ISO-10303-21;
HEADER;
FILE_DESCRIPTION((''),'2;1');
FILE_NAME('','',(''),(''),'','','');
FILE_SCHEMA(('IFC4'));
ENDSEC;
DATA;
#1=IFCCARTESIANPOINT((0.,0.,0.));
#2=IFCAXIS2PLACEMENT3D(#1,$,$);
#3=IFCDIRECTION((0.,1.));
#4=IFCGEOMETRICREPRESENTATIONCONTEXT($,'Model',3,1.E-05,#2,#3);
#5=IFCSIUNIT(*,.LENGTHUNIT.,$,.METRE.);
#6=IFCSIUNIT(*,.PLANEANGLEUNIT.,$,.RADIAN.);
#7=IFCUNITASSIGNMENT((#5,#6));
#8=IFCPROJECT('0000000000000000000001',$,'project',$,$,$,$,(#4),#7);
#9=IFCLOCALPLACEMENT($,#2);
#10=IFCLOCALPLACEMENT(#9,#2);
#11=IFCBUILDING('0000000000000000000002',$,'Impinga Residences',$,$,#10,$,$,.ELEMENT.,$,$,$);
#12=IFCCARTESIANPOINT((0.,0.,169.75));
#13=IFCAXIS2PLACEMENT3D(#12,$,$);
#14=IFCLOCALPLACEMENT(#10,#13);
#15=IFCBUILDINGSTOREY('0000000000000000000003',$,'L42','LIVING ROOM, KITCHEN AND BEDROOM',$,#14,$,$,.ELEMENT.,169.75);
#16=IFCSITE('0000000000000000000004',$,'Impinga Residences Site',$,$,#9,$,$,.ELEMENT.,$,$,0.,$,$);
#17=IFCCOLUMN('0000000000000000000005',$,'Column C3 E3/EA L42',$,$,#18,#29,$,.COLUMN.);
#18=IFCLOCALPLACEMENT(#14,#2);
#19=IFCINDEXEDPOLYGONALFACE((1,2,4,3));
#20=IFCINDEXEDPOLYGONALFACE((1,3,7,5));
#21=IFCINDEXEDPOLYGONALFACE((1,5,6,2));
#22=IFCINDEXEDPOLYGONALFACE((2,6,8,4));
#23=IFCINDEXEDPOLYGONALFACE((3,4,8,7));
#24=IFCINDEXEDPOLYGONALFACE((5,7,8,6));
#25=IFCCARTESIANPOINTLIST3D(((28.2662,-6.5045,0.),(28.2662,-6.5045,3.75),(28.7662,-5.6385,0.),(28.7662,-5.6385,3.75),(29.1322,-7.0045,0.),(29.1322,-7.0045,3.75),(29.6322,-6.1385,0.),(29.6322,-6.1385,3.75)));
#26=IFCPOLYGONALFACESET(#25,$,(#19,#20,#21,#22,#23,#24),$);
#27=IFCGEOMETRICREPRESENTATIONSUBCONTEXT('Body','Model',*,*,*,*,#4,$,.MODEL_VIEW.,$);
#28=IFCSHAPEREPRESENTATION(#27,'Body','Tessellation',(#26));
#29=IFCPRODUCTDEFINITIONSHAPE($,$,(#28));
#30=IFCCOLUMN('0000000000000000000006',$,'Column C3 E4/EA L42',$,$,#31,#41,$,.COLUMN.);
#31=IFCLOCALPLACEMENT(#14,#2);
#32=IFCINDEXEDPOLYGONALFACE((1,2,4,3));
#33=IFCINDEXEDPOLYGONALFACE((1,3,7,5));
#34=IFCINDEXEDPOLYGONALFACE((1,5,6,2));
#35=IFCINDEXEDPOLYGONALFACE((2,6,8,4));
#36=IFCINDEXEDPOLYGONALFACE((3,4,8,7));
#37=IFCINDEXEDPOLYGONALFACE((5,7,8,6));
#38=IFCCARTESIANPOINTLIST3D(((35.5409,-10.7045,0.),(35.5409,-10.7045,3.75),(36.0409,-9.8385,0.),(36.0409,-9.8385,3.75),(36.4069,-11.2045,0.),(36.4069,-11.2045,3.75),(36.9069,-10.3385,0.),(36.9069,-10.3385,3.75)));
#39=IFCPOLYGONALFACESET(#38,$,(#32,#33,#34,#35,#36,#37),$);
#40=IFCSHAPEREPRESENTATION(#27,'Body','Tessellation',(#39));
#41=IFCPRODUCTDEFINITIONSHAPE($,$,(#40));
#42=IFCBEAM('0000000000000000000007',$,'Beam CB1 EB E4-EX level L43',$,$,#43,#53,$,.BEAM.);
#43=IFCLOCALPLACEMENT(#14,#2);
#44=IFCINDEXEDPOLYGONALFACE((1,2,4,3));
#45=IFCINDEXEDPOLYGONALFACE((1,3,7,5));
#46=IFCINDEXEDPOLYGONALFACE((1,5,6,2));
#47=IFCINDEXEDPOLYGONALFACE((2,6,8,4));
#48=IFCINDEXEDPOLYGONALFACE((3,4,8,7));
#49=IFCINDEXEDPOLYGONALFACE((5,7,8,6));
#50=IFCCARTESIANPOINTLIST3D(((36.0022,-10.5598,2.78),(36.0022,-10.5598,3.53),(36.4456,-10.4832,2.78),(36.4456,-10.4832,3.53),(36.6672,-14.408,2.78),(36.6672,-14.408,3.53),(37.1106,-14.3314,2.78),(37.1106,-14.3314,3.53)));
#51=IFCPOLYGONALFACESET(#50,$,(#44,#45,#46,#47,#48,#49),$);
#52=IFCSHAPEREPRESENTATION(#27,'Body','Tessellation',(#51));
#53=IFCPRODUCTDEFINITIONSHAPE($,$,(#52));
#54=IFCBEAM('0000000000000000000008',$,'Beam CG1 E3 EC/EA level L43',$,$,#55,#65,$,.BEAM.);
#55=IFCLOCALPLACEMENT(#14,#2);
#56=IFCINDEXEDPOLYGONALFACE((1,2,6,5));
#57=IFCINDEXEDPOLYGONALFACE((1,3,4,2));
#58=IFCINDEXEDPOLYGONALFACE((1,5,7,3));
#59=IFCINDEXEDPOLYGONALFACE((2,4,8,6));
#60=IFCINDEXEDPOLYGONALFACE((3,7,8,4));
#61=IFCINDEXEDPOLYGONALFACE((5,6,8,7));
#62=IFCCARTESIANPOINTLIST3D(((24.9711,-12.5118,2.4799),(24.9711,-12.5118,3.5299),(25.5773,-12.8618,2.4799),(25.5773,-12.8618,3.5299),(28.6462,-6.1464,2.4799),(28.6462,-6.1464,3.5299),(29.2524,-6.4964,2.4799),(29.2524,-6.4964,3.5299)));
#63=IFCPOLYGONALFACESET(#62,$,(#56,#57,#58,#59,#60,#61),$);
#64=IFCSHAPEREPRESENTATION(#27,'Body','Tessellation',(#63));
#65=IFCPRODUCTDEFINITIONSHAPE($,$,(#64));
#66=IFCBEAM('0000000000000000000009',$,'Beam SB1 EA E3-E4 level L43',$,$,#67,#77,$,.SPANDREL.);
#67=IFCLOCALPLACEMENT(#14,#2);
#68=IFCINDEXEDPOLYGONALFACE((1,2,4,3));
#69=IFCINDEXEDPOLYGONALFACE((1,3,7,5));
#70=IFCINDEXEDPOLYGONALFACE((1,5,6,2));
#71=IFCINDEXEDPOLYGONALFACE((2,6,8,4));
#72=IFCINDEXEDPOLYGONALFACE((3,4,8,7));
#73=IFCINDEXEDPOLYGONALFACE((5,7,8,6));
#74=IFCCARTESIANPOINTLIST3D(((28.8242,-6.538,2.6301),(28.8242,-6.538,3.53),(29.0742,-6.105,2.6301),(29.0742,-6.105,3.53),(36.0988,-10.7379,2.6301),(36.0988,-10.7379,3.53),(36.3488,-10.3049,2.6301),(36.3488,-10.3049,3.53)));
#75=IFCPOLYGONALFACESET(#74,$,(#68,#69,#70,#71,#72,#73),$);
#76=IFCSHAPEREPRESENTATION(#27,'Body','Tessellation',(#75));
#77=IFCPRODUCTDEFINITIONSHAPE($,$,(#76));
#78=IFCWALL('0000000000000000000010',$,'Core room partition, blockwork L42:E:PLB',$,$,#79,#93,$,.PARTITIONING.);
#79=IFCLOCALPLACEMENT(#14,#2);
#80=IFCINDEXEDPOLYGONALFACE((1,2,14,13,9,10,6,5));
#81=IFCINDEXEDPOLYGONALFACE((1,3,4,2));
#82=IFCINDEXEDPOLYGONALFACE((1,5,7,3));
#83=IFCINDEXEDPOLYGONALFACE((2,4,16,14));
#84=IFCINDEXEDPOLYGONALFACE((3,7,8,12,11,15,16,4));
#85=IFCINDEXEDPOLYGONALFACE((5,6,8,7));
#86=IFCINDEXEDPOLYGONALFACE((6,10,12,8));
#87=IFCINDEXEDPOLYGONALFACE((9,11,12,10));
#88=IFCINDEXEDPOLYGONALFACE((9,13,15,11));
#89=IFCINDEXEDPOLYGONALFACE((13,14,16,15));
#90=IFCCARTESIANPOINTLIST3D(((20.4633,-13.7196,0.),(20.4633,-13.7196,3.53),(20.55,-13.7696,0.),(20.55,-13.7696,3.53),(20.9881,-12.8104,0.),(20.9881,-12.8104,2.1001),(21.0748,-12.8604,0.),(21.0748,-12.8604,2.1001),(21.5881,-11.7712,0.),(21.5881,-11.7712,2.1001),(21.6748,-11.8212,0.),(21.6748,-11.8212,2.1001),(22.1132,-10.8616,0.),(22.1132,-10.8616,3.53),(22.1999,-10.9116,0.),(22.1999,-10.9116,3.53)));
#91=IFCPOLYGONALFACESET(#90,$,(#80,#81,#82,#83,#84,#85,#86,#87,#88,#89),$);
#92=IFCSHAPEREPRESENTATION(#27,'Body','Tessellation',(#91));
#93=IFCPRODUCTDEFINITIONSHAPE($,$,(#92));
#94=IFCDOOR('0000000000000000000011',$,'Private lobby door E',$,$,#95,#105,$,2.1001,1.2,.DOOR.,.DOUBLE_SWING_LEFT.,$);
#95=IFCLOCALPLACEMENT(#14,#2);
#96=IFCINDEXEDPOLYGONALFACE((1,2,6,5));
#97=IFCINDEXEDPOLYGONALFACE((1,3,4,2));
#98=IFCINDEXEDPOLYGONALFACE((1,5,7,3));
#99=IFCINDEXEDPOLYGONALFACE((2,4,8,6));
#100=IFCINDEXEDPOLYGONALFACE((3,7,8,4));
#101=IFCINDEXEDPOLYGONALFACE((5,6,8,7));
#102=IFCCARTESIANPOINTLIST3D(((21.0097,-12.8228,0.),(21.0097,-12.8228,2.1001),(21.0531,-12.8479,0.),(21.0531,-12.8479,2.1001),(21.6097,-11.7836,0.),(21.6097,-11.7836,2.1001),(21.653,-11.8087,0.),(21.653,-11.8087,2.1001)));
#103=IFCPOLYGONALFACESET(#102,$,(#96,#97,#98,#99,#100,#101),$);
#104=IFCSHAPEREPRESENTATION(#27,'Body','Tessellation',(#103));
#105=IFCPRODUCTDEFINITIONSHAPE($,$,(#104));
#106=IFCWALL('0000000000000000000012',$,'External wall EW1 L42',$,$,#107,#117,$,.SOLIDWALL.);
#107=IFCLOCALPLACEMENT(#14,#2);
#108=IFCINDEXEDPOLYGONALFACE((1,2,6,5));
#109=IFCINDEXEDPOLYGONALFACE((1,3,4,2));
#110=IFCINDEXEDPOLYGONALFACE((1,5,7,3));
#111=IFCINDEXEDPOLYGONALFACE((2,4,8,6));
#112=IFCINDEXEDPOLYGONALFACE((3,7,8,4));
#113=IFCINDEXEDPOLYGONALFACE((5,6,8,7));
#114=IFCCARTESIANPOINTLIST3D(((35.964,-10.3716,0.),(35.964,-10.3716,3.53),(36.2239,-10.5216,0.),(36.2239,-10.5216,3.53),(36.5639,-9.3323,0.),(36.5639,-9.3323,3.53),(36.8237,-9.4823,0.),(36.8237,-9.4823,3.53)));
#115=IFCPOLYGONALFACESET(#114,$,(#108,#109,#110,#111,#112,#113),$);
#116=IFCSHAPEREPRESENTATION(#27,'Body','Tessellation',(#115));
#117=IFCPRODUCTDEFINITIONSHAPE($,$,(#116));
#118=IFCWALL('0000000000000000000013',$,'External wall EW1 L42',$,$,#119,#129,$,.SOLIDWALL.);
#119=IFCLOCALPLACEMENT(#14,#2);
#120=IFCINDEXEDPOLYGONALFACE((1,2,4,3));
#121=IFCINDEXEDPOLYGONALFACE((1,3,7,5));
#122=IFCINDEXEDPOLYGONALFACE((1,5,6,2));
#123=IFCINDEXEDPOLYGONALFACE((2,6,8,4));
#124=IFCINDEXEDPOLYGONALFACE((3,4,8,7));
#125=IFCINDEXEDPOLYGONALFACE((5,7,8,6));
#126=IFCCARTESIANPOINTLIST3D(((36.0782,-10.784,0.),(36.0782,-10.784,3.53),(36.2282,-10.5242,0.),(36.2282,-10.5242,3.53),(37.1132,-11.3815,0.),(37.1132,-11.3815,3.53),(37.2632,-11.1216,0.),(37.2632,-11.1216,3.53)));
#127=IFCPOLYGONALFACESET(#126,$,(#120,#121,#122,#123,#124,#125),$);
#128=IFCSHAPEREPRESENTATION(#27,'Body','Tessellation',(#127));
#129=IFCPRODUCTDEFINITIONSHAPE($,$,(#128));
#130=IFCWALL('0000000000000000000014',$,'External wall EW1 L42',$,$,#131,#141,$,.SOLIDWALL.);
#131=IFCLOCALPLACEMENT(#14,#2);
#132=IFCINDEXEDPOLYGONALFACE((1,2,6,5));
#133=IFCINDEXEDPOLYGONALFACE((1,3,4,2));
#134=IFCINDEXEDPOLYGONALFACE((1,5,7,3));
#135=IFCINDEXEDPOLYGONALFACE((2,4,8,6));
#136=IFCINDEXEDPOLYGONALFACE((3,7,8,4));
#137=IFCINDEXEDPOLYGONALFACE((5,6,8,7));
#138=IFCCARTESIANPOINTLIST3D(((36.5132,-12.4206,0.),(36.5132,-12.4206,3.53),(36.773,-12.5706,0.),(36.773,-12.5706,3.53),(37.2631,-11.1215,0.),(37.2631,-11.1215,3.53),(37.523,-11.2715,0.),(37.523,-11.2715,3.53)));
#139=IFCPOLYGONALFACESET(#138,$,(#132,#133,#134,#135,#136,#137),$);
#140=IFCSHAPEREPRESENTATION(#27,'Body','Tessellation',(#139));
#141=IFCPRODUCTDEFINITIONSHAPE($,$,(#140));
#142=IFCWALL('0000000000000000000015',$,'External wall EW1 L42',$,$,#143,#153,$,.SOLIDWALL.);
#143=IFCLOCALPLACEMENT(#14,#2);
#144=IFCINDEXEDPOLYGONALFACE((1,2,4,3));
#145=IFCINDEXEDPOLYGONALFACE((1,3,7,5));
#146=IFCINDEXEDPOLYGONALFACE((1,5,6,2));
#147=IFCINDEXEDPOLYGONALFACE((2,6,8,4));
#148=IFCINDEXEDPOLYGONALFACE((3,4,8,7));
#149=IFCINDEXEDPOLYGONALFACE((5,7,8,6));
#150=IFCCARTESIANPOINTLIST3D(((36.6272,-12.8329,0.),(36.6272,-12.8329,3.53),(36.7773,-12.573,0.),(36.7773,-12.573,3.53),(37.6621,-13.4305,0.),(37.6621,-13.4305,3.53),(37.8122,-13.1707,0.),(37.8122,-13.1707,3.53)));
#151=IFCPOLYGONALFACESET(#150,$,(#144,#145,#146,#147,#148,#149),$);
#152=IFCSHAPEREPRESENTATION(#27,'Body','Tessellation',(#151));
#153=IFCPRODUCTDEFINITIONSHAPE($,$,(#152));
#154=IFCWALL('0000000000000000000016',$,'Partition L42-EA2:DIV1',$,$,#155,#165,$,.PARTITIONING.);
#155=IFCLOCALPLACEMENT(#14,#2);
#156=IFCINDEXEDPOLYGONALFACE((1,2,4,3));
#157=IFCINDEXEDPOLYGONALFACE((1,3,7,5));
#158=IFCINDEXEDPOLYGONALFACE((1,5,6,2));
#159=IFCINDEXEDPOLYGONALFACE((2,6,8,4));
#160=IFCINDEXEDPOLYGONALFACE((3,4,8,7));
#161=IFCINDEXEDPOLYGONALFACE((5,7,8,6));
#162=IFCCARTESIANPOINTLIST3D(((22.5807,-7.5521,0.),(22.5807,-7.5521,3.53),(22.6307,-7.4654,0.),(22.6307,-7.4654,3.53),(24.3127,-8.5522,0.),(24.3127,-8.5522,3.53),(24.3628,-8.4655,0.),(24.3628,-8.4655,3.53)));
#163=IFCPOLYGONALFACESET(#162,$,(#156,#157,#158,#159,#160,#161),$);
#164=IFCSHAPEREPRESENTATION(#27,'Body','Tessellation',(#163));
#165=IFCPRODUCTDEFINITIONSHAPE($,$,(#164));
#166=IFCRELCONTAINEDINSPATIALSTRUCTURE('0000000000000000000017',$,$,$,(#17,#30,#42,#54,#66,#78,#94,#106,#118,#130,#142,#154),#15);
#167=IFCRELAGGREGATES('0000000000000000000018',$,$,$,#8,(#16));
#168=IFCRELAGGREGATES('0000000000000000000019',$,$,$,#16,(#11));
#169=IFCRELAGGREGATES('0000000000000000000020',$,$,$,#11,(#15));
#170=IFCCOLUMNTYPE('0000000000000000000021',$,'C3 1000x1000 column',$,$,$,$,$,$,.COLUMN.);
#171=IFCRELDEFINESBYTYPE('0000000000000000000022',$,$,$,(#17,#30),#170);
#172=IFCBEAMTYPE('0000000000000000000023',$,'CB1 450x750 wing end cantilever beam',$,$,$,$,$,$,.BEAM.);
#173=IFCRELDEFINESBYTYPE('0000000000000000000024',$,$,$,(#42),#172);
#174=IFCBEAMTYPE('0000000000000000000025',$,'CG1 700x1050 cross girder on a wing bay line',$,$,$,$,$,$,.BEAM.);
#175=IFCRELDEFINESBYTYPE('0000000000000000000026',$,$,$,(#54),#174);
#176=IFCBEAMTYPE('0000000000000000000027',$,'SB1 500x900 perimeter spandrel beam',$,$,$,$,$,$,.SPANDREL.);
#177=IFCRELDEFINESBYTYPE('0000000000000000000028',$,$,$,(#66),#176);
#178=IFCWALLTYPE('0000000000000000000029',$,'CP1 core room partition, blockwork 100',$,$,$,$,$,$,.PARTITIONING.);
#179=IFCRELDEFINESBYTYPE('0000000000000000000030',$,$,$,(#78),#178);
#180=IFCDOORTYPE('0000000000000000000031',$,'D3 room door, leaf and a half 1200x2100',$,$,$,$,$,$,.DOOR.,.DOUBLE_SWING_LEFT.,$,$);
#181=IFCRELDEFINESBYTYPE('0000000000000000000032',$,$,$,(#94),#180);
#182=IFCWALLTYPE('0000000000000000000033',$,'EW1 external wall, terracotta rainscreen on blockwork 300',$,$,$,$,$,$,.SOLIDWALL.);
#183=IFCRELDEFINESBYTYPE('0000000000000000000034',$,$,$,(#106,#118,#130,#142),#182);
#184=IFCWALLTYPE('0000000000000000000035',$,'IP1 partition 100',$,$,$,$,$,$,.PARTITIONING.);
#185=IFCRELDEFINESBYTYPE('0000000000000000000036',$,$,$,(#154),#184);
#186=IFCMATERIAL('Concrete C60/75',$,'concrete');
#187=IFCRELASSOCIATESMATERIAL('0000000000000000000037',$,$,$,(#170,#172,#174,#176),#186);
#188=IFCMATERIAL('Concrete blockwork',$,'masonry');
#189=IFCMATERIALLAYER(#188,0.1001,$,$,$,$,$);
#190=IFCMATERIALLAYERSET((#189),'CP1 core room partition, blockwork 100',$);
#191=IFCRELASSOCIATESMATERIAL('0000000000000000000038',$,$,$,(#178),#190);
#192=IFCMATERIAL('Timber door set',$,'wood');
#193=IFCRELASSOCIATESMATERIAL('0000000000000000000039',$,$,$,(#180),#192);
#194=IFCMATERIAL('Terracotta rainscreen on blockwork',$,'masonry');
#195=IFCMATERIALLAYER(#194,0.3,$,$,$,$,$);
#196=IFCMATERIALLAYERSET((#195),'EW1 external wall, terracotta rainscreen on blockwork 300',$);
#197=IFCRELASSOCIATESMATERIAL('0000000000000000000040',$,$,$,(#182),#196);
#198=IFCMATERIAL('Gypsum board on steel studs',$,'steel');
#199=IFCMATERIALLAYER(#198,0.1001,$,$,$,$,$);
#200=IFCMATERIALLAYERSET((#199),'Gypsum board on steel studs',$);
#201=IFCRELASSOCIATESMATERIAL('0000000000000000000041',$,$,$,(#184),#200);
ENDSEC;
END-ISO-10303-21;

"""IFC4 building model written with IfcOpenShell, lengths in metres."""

from ifc_helpers import new_model, si_unit, direction, frame, frame_2d, origin, origin_2d, place, context, subcontext, project, spatial, rectangle, extrude, material, layer, layer_set, material_profile, profile_set, type_object, element, fill, save


model = new_model("IFC4")

# Units and contexts
model_context = context("Model", 3, precision=1e-05, world=origin(), true_north=direction((0.0, 1.0)))
body_context = subcontext(model_context, "Body", "Model", "MODEL_VIEW")
ifc_project = project(units=[si_unit("LENGTHUNIT", "METRE"), si_unit("PLANEANGLEUNIT", "RADIAN")], contexts=[model_context])

# Site, building, storey
site_placement = place(None, origin())
site = spatial("IfcSite", under=ifc_project, at=site_placement, Name="Impinga Residences Site", CompositionType="ELEMENT", RefElevation=0.0)
building_placement = place(site_placement, origin())
building = spatial("IfcBuilding", under=site, at=building_placement, Name="Impinga Residences", CompositionType="ELEMENT")
storey_placement = place(building_placement, frame((0.0, 0.0, 169.75)))
storey = spatial("IfcBuildingStorey", under=building, at=storey_placement, Name="L42", Description="LIVING ROOM, KITCHEN AND BEDROOM", CompositionType="ELEMENT", Elevation=169.75)

# Columns
ifc_material_1 = material(Name="Concrete C60/75", Category="concrete")
ifc_material_profile_1 = material_profile(ifc_material_1, rectangle(XDim=1.0, YDim=1.0, at=origin_2d()), Name="RC 1000x1000")
ifc_profile_set_1 = profile_set([ifc_material_profile_1], Name="Concrete C60/75")
column_type = type_object("IfcColumnType", Name="C3 1000x1000 column", PredefinedType="COLUMN", material=ifc_profile_set_1)
for number, where, z_axis, x_axis, name in (
    (1, (28.9492, -6.3215, 0.0), (0.0, 0.0, 1.0), (-0.5, -0.866025, 0.0), "Column C3 E3/EA L42"),
    (2, (36.2239, -10.5215, 0.0), (0.0, 0.0, 1.0), (-0.5, -0.866025, 0.0), "Column C3 E4/EA L42"),
):
    element("IfcColumn", number, at=place(storey_placement, frame(where, z_axis=z_axis, x_axis=x_axis)), inside=storey, type_object=column_type, Name=name, PredefinedType="COLUMN", context=body_context, shape_type="SweptSolid", body=[
        extrude(rectangle(XDim=1.0, YDim=1.0, at=origin_2d()), origin(), (0.0, 0.0, 1.0), 3.75),
    ])

# Beams
ifc_material_profile_2 = material_profile(ifc_material_1, rectangle(XDim=0.45, YDim=0.75, at=origin_2d()), Name="RC 450x750")
ifc_profile_set_2 = profile_set([ifc_material_profile_2], Name="Concrete C60/75")
beam_type_1 = type_object("IfcBeamType", Name="CB1 450x750 wing end cantilever beam", PredefinedType="BEAM", material=ifc_profile_set_2)
beam_1_placement = place(storey_placement, frame((36.2239, -10.5215, 3.155), z_axis=(0.170296, -0.985393, 0.0), x_axis=(0.985393, 0.170296, 0.0)))
element("IfcBeam", 3, at=beam_1_placement, inside=storey, type_object=beam_type_1, Name="Beam CB1 EB E4-EX level L43", PredefinedType="BEAM", context=body_context, shape_type="SweptSolid", body=[
    extrude(rectangle(XDim=0.45, YDim=0.75, at=origin_2d()), origin(), (0.0, 0.0, 1.0), 3.9053),
])
ifc_material_profile_3 = material_profile(ifc_material_1, rectangle(XDim=0.7, YDim=1.05, at=origin_2d()), Name="RC 700x1050")
ifc_profile_set_3 = profile_set([ifc_material_profile_3], Name="Concrete C60/75")
beam_type_2 = type_object("IfcBeamType", Name="CG1 700x1050 cross girder on a wing bay line", PredefinedType="BEAM", material=ifc_profile_set_3)
beam_2_placement = place(storey_placement, frame((25.2742, -12.6868, 3.0049), z_axis=(0.500008, 0.866021, 0.0), x_axis=(-0.866021, 0.500008, 0.0)))
element("IfcBeam", 4, at=beam_2_placement, inside=storey, type_object=beam_type_2, Name="Beam CG1 E3 EC/EA level L43", PredefinedType="BEAM", context=body_context, shape_type="SweptSolid", body=[
    extrude(rectangle(XDim=0.7, YDim=1.05, at=origin_2d()), origin(), (0.0, 0.0, 1.0), 7.3501),
])
ifc_material_profile_4 = material_profile(ifc_material_1, rectangle(XDim=0.5, YDim=0.8999, at=origin_2d()), Name="RC 500x900")
ifc_profile_set_4 = profile_set([ifc_material_profile_4], Name="Concrete C60/75")
beam_type_3 = type_object("IfcBeamType", Name="SB1 500x900 perimeter spandrel beam", PredefinedType="SPANDREL", material=ifc_profile_set_4)
beam_3_placement = place(storey_placement, frame((28.9492, -6.3215, 3.0801), z_axis=(0.866029, -0.499993, 0.0), x_axis=(0.499993, 0.866029, 0.0)))
element("IfcBeam", 5, at=beam_3_placement, inside=storey, type_object=beam_type_3, Name="Beam SB1 EA E3-E4 level L43", PredefinedType="SPANDREL", context=body_context, shape_type="SweptSolid", body=[
    extrude(rectangle(XDim=0.5, YDim=0.8999, at=origin_2d()), origin(), (0.0, 0.0, 1.0), 8.3999),
])

# Wall, opening, door
ifc_material_2 = material(Name="Concrete blockwork", Category="masonry")
ifc_layer_1 = layer(ifc_material_2, 0.1001)
ifc_layer_set_1 = layer_set([ifc_layer_1], Name="CP1 core room partition, blockwork 100")
wall_type_1 = type_object("IfcWallType", Name="CP1 core room partition, blockwork 100", PredefinedType="PARTITIONING", material=ifc_layer_set_1)
wall_1_placement = place(storey_placement, frame((22.1565, -10.8867, 0.0), z_axis=(0.0, 0.0, 1.0), x_axis=(-0.499974, -0.86604, 0.0)))
wall_1 = element("IfcWall", 6, at=wall_1_placement, inside=storey, type_object=wall_type_1, Name="Core room partition, blockwork L42:E:PLB", PredefinedType="PARTITIONING", context=body_context, shape_type="SweptSolid", body=[
    extrude(rectangle(XDim=3.3, YDim=0.1001, at=frame_2d((1.6499, 0.0))), origin(), (0.0, 0.0, 1.0), 3.53),
])
opening_1_placement = place(wall_1_placement, frame((1.05, 0.0, 0.0)))
opening_1 = element("IfcOpeningElement", 7, at=opening_1_placement, cuts=wall_1, PredefinedType="OPENING", context=body_context, shape_type="SweptSolid", body=[
    extrude(rectangle(XDim=1.2, YDim=2.1001, at=frame_2d((0.6001, 1.05))), frame((0.0, 0.0601, 0.0), z_axis=(0.0, -1.0, 0.0), x_axis=(1.0, 0.0, 0.0)), (0.0, 0.0, 1.0), 0.1201),
])
ifc_material_3 = material(Name="Timber door set", Category="wood")
door_type_1 = type_object("IfcDoorType", Name="D3 room door, leaf and a half 1200x2100", OperationType="DOUBLE_SWING_LEFT", PredefinedType="DOOR", material=ifc_material_3)
door_1_placement = place(opening_1_placement, origin())
door_1 = element("IfcDoor", 8, at=door_1_placement, inside=storey, type_object=door_type_1, Name="Private lobby door E", OperationType="DOUBLE_SWING_LEFT", OverallHeight=2.1001, OverallWidth=1.2, PredefinedType="DOOR", context=body_context, shape_type="SweptSolid", body=[
    extrude(rectangle(XDim=1.2, YDim=2.1001, at=frame_2d((0.6001, 1.05))), frame((0.0, 0.0249, 0.0), z_axis=(0.0, -1.0, 0.0), x_axis=(1.0, 0.0, 0.0)), (0.0, 0.0, 1.0), 0.05),
])
fill(opening_1, door_1)

# Walls
ifc_material_4 = material(Name="Terracotta rainscreen on blockwork", Category="masonry")
ifc_layer_2 = layer(ifc_material_4, 0.3)
ifc_layer_set_2 = layer_set([ifc_layer_2], Name="EW1 external wall, terracotta rainscreen on blockwork 300")
wall_type_2 = type_object("IfcWallType", Name="EW1 external wall, terracotta rainscreen on blockwork 300", PredefinedType="SOLIDWALL", material=ifc_layer_set_2)
wall_2_placement = place(storey_placement, frame((36.6938, -9.4072, 0.0), z_axis=(0.0, 0.0, 1.0), x_axis=(-0.499881, -0.866094, 0.0)))
element("IfcWall", 9, at=wall_2_placement, inside=storey, type_object=wall_type_2, Name="External wall EW1 L42", PredefinedType="SOLIDWALL", context=body_context, shape_type="SweptSolid", body=[
    extrude(rectangle(XDim=1.2, YDim=0.3, at=frame_2d((0.6001, 0.0))), origin(), (0.0, 0.0, 1.0), 3.53),
])
wall_3_placement = place(storey_placement, frame((36.1531, -10.6541, 0.0), z_axis=(0.0, 0.0, 1.0), x_axis=(0.86606, -0.499941, 0.0)))
element("IfcWall", 10, at=wall_3_placement, inside=storey, type_object=wall_type_2, Name="External wall EW1 L42", PredefinedType="SOLIDWALL", context=body_context, shape_type="SweptSolid", body=[
    extrude(rectangle(XDim=1.1951, YDim=0.3, at=frame_2d((0.5977, 0.0))), origin(), (0.0, 0.0, 1.0), 3.53),
])
wall_4_placement = place(storey_placement, frame((37.3931, -11.1965, 0.0), z_axis=(0.0, 0.0, 1.0), x_axis=(-0.49999, -0.866031, 0.0)))
element("IfcWall", 11, at=wall_4_placement, inside=storey, type_object=wall_type_2, Name="External wall EW1 L42", PredefinedType="SOLIDWALL", context=body_context, shape_type="SweptSolid", body=[
    extrude(rectangle(XDim=1.5, YDim=0.3, at=frame_2d((0.75, 0.0))), origin(), (0.0, 0.0, 1.0), 3.53),
])
wall_5_placement = place(storey_placement, frame((36.7021, -12.7029, 0.0), z_axis=(0.0, 0.0, 1.0), x_axis=(0.865971, -0.500094, 0.0)))
element("IfcWall", 12, at=wall_5_placement, inside=storey, type_object=wall_type_2, Name="External wall EW1 L42", PredefinedType="SOLIDWALL", context=body_context, shape_type="SweptSolid", body=[
    extrude(rectangle(XDim=1.1951, YDim=0.3, at=frame_2d((0.5977, 0.0))), origin(), (0.0, 0.0, 1.0), 3.53),
])
ifc_material_5 = material(Name="Gypsum board on steel studs", Category="steel")
ifc_layer_3 = layer(ifc_material_5, 0.1001)
ifc_layer_set_3 = layer_set([ifc_layer_3], Name="Gypsum board on steel studs")
wall_type_3 = type_object("IfcWallType", Name="IP1 partition 100", PredefinedType="PARTITIONING", material=ifc_layer_set_3)
wall_6_placement = place(storey_placement, frame((22.6057, -7.5088, 0.0), z_axis=(0.0, 0.0, 1.0), x_axis=(0.866011, -0.500025, 0.0)))
element("IfcWall", 13, at=wall_6_placement, inside=storey, type_object=wall_type_3, Name="Partition L42-EA2:DIV1", PredefinedType="PARTITIONING", context=body_context, shape_type="SweptSolid", body=[
    extrude(rectangle(XDim=2.0, YDim=0.1001, at=frame_2d((1.0, 0.0))), origin(), (0.0, 0.0, 1.0), 3.53),
])

save(model, "model.ifc")
